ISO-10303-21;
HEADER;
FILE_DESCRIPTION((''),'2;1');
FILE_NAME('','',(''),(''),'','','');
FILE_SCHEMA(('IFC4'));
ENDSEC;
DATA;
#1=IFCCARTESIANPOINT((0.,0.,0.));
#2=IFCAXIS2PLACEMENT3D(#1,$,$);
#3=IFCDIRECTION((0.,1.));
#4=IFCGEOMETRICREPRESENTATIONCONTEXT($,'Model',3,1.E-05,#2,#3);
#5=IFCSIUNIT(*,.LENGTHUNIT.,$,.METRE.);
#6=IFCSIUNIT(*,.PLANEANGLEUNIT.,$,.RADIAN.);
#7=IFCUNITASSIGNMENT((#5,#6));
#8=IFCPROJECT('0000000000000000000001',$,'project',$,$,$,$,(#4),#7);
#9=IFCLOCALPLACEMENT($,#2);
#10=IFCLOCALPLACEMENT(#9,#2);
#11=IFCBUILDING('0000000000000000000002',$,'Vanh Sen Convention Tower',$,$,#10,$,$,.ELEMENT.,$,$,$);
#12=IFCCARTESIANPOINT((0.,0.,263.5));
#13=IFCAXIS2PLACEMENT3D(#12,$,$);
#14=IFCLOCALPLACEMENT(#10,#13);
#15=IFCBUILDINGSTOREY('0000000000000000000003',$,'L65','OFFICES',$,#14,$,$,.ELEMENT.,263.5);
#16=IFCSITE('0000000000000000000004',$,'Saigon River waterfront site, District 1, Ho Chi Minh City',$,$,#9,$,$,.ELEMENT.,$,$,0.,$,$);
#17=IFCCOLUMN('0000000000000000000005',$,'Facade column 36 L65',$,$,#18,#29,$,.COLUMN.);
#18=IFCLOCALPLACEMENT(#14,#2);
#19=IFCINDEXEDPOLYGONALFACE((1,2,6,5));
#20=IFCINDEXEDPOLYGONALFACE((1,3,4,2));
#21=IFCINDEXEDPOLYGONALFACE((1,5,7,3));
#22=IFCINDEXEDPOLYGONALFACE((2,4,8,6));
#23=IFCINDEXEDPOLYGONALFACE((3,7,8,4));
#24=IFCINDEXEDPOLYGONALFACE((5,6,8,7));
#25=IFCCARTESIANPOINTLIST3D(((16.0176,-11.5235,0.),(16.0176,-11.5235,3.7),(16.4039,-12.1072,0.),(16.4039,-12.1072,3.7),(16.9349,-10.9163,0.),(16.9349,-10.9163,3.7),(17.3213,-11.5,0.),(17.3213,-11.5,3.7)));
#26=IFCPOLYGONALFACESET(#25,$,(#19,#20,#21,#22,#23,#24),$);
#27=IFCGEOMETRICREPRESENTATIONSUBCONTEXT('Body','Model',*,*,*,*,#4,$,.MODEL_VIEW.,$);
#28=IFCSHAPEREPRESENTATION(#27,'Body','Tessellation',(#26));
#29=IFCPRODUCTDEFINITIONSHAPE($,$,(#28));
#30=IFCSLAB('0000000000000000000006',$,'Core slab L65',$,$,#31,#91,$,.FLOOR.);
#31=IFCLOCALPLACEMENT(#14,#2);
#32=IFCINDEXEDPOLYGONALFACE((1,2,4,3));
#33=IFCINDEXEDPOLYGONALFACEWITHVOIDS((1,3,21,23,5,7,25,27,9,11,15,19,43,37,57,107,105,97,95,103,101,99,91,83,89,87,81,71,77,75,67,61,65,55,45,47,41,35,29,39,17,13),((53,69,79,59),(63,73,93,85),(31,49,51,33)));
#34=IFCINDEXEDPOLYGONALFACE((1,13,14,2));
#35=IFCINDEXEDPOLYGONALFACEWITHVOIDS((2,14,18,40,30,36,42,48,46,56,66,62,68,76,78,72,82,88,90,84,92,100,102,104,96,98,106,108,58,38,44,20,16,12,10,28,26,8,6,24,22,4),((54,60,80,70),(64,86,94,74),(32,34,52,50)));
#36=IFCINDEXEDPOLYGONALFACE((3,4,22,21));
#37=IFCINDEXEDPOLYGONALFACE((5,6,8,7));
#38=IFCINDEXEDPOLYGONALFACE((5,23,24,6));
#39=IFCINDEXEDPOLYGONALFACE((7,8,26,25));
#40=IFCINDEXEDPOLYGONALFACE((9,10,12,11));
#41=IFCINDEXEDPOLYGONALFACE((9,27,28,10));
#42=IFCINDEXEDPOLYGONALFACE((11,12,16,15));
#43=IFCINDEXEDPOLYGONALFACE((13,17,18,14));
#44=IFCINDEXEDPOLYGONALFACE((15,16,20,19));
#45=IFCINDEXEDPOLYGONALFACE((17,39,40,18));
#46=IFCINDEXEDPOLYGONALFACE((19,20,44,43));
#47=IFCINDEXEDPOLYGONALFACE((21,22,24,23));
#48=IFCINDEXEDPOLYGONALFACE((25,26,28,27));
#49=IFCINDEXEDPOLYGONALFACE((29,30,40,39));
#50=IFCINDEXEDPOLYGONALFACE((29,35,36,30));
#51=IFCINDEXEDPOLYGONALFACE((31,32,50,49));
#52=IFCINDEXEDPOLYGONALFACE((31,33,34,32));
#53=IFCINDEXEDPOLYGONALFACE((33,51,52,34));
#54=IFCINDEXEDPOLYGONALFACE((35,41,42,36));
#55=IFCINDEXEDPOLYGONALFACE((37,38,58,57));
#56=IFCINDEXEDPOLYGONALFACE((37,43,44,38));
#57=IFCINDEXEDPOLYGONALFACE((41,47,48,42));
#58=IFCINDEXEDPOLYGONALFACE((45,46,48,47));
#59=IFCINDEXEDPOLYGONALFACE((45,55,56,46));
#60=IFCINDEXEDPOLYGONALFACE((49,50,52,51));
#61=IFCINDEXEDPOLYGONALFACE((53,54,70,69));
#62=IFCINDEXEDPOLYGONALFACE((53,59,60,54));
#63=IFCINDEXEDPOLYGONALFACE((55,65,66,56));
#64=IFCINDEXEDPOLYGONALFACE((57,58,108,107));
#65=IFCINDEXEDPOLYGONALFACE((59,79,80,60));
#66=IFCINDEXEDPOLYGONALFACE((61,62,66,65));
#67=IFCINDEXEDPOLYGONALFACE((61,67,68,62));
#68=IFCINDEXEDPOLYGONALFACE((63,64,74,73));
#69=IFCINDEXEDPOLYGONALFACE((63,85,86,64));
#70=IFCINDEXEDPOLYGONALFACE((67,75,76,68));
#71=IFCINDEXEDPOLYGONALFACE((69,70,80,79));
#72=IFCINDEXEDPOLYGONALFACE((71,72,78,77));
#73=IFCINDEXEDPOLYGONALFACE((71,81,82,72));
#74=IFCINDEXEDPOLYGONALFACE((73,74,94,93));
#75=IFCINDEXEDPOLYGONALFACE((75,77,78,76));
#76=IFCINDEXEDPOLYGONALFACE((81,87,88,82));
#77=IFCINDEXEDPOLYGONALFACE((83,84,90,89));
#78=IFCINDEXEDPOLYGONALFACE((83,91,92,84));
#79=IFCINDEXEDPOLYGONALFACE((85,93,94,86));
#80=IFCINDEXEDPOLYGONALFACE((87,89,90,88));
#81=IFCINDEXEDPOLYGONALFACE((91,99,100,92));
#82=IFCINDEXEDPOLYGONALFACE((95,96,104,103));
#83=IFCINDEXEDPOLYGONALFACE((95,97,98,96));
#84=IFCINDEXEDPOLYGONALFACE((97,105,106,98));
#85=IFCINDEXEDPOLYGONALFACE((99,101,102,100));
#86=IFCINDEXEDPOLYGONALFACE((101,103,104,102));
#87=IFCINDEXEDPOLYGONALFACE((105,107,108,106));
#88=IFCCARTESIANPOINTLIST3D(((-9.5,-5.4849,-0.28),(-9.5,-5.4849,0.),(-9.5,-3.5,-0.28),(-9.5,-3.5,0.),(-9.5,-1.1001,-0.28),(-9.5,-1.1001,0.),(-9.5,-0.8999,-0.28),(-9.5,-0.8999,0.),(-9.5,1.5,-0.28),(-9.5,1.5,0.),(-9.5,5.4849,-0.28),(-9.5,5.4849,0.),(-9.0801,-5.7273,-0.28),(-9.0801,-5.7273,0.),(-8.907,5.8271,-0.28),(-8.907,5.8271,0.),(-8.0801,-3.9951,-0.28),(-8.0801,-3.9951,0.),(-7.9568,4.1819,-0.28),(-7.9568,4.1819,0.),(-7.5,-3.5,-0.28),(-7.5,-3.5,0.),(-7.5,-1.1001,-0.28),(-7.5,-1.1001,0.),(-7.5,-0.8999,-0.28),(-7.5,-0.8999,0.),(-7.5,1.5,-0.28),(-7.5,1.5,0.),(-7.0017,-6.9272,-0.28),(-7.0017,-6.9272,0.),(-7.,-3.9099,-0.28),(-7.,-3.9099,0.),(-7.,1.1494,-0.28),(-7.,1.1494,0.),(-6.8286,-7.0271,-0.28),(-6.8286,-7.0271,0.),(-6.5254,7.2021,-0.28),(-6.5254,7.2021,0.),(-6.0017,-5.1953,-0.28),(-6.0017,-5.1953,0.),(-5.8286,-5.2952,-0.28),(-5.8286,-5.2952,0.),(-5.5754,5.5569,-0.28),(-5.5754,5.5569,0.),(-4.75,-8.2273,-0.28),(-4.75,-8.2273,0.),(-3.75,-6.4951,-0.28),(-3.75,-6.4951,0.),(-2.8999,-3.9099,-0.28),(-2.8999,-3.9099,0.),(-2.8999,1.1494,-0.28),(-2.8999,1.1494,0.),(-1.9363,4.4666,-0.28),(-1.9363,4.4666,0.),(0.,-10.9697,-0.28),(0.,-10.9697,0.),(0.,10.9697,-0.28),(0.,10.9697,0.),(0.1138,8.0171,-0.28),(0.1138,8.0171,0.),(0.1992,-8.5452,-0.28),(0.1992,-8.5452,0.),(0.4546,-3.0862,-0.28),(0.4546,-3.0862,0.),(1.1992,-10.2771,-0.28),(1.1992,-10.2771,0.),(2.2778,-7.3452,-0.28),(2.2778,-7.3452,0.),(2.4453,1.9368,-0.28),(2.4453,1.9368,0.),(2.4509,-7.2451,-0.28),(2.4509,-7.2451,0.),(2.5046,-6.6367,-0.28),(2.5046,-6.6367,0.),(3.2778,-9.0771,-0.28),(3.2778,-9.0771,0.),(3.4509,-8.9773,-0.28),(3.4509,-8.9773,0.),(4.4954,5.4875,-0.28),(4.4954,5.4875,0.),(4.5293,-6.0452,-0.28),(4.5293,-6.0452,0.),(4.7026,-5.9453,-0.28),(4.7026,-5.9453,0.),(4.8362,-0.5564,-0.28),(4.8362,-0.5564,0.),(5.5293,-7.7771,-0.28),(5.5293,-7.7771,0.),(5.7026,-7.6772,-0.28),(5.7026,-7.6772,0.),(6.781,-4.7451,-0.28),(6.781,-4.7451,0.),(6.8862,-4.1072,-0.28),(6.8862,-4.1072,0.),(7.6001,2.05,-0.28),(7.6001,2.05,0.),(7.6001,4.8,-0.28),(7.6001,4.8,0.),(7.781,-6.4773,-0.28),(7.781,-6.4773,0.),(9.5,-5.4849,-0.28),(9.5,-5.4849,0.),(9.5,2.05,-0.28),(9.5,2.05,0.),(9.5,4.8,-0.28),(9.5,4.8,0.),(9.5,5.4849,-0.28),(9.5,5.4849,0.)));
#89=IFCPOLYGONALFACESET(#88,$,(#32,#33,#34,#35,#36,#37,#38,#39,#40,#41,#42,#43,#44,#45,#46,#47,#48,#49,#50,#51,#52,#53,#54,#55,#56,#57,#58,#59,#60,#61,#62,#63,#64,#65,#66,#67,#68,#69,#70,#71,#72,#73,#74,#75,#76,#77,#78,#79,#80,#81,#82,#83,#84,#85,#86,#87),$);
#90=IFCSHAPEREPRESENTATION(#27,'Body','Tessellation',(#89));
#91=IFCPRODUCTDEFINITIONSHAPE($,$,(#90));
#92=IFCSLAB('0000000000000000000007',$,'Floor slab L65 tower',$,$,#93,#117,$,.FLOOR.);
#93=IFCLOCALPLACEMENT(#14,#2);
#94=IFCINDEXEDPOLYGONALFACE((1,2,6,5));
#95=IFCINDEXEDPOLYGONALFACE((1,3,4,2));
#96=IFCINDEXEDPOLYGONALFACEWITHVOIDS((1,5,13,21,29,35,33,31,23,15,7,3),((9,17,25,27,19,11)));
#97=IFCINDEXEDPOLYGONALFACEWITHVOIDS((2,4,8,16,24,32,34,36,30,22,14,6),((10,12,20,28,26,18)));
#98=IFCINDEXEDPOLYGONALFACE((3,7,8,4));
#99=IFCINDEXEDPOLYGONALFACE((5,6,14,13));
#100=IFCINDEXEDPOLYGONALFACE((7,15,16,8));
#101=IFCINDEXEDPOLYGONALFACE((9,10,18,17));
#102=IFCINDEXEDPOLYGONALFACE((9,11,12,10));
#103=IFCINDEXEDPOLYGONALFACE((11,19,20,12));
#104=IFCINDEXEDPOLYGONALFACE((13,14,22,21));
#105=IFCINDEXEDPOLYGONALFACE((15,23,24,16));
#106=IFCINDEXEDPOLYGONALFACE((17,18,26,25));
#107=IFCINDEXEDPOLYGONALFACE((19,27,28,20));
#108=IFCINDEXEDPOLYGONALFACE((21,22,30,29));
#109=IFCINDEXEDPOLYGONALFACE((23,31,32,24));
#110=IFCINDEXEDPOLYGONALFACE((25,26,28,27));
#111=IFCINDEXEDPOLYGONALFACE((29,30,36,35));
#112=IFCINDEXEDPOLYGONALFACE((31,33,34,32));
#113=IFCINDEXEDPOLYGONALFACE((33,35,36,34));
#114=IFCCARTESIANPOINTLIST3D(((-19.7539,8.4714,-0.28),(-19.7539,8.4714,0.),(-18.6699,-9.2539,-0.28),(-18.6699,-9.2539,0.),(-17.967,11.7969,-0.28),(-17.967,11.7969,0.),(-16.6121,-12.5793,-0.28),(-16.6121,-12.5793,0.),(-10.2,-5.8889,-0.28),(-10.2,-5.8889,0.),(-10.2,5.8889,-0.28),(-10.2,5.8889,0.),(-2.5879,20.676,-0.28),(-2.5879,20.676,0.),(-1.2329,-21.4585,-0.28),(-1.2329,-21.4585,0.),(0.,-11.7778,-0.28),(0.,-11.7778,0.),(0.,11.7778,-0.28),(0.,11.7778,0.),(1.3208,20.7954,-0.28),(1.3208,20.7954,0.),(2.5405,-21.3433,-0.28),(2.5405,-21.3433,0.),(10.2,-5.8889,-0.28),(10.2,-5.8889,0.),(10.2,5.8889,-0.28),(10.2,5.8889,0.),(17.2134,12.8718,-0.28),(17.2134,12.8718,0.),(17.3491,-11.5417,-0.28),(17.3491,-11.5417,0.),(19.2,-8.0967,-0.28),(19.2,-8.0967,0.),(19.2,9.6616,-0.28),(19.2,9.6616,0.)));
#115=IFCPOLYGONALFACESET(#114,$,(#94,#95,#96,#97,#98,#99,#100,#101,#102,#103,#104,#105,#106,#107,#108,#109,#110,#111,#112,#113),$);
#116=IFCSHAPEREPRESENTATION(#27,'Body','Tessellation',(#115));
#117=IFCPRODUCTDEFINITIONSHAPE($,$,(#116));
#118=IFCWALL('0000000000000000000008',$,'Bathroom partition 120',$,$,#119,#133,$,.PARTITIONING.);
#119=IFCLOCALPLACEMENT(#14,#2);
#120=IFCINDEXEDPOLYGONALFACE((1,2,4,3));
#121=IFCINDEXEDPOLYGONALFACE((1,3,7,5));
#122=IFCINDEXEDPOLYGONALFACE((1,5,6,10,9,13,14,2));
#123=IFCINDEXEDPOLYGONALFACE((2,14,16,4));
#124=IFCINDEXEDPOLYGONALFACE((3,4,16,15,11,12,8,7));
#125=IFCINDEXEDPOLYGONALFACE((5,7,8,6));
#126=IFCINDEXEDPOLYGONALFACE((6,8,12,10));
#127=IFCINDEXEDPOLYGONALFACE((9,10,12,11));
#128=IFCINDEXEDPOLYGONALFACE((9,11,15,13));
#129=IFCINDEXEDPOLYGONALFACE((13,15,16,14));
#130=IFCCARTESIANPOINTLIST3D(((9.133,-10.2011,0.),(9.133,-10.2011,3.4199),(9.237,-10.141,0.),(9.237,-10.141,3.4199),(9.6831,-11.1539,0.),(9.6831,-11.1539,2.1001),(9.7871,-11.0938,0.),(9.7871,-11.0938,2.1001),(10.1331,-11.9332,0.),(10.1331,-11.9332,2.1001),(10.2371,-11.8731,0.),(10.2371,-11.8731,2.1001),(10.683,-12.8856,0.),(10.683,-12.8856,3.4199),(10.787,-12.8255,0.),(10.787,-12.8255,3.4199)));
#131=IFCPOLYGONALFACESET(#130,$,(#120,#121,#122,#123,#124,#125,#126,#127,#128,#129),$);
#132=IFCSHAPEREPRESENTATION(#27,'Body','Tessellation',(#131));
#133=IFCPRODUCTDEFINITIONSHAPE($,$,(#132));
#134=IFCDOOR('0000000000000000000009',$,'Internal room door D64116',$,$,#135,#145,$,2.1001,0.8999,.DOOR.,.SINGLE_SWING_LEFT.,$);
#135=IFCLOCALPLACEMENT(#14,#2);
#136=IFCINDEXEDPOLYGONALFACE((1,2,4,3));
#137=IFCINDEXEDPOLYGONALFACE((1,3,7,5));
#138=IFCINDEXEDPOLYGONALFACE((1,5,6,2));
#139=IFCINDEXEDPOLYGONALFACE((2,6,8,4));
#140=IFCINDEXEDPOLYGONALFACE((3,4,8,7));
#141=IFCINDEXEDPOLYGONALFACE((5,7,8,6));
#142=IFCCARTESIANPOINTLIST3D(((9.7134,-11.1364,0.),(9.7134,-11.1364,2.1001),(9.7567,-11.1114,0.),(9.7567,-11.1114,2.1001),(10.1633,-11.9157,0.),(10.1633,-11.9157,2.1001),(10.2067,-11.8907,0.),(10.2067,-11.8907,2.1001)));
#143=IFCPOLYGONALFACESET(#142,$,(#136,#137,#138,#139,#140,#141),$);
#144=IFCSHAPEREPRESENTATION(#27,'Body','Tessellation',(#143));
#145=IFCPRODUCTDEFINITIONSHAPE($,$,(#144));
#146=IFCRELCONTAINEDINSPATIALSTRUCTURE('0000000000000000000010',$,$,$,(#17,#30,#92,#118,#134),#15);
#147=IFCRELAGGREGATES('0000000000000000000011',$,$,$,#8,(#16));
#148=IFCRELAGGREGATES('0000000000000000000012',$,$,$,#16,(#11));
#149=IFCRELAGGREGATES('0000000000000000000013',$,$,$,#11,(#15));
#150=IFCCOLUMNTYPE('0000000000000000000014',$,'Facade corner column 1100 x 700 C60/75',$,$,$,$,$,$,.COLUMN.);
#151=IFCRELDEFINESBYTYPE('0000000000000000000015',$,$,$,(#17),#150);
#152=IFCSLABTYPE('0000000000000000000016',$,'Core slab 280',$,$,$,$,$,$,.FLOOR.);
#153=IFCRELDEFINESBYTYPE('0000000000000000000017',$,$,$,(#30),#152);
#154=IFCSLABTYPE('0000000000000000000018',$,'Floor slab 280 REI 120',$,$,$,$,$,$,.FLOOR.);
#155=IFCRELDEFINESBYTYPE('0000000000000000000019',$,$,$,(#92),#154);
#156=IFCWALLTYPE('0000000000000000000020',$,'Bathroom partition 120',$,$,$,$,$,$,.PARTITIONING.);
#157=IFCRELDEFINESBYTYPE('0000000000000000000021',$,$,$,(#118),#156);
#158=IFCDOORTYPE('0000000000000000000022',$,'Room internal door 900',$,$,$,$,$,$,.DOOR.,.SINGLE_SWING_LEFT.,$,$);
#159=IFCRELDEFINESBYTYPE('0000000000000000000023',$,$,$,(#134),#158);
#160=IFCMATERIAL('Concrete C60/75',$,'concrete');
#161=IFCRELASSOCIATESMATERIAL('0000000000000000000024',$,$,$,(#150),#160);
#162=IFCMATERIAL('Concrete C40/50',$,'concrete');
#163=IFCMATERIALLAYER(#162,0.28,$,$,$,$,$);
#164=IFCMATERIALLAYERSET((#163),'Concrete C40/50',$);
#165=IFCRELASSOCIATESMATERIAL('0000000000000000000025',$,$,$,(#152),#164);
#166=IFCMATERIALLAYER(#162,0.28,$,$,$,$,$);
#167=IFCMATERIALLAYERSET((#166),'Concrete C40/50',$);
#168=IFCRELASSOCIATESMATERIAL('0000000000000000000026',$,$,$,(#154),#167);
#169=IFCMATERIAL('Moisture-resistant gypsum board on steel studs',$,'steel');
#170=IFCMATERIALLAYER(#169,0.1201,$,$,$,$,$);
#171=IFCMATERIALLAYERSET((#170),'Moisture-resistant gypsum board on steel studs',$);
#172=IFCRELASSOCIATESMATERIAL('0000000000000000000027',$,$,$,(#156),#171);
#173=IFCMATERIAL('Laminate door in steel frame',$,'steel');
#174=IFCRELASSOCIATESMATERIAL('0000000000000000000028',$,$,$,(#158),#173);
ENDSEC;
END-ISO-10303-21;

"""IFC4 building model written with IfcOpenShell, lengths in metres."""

from ifc_helpers import new_model, si_unit, direction, frame, frame_2d, origin, origin_2d, place, context, subcontext, project, spatial, polyline, rectangle, outline, extrude, material, layer, layer_set, material_profile, profile_set, type_object, element, fill, save


model = new_model("IFC4")

# Units and contexts
model_context = context("Model", 3, precision=1e-05, world=origin(), true_north=direction((0.0, 1.0)))
body_context = subcontext(model_context, "Body", "Model", "MODEL_VIEW")
ifc_project = project(units=[si_unit("LENGTHUNIT", "METRE"), si_unit("PLANEANGLEUNIT", "RADIAN")], contexts=[model_context])

# Site, building, storey
site_placement = place(None, origin())
site = spatial("IfcSite", under=ifc_project, at=site_placement, Name="Saigon River waterfront site, District 1, Ho Chi Minh City", CompositionType="ELEMENT", RefElevation=0.0)
building_placement = place(site_placement, origin())
building = spatial("IfcBuilding", under=site, at=building_placement, Name="Vanh Sen Convention Tower", CompositionType="ELEMENT")
storey_placement = place(building_placement, frame((0.0, 0.0, 263.5)))
storey = spatial("IfcBuildingStorey", under=building, at=storey_placement, Name="L65", Description="OFFICES", CompositionType="ELEMENT", Elevation=263.5)

# Column
ifc_material_1 = material(Name="Concrete C60/75", Category="concrete")
ifc_material_profile = material_profile(ifc_material_1, rectangle(XDim=1.1001, YDim=0.7, at=origin_2d()), Name="RC 1100X700")
ifc_profile_set = profile_set([ifc_material_profile], Name="Concrete C60/75")
column_type = type_object("IfcColumnType", Name="Facade corner column 1100 x 700 C60/75", PredefinedType="COLUMN", material=ifc_profile_set)
column_placement = place(storey_placement, frame((16.6694, -11.5117, 0.0), z_axis=(0.0, 0.0, 1.0), x_axis=(0.833886, 0.551937, 0.0)))
element("IfcColumn", 1, at=column_placement, inside=storey, type_object=column_type, Name="Facade column 36 L65", PredefinedType="COLUMN", context=body_context, shape_type="SweptSolid", body=[
    extrude(rectangle(XDim=1.1001, YDim=0.7, at=origin_2d()), origin(), (0.0, 0.0, 1.0), 3.7),
])

# Slabs
ifc_material_2 = material(Name="Concrete C40/50", Category="concrete")
ifc_layer_1 = layer(ifc_material_2, 0.28)
ifc_layer_set_1 = layer_set([ifc_layer_1], Name="Concrete C40/50")
slab_type_1 = type_object("IfcSlabType", Name="Core slab 280", PredefinedType="FLOOR", material=ifc_layer_set_1)
slab_1_placement = place(storey_placement, frame((0.0, 0.0, -0.28)))
element("IfcSlab", 2, at=slab_1_placement, inside=storey, type_object=slab_type_1, Name="Core slab L65", PredefinedType="FLOOR", context=body_context, shape_type="SweptSolid", body=[
    extrude(outline(polyline([(0.0, 10.9697), (9.5, 5.4849), (9.5, 4.8), (7.6001, 4.8), (7.6001, 2.05), (9.5, 2.05), (9.5, -5.4849), (7.781, -6.4773), (6.781, -4.7451), (4.7026, -5.9453), (5.7026, -7.6772), (5.5293, -7.7771), (4.5293, -6.0452), (2.4509, -7.2451), (3.4509, -8.9773), (3.2778, -9.0771), (2.2778, -7.3452), (0.1992, -8.5452), (1.1992, -10.2771), (0.0, -10.9697), (-4.75, -8.2273), (-3.75, -6.4951), (-5.8286, -5.2952), (-6.8286, -7.0271), (-7.0017, -6.9272), (-6.0017, -5.1953), (-8.0801, -3.9951), (-9.0801, -5.7273), (-9.5, -5.4849), (-9.5, -3.5), (-7.5, -3.5), (-7.5, -1.1001), (-9.5, -1.1001), (-9.5, -0.8999), (-7.5, -0.8999), (-7.5, 1.5), (-9.5, 1.5), (-9.5, 5.4849), (-8.907, 5.8271), (-7.9568, 4.1819), (-5.5754, 5.5569), (-6.5254, 7.2021), (0.0, 10.9697)]), holes=[polyline([(-7.0, 1.1494), (-7.0, -3.9099), (-2.8999, -3.9099), (-2.8999, 1.1494), (-7.0, 1.1494)]), polyline([(2.5046, -6.6367), (6.8862, -4.1072), (4.8362, -0.5564), (0.4546, -3.0862), (2.5046, -6.6367)]), polyline([(0.1138, 8.0171), (-1.9363, 4.4666), (2.4453, 1.9368), (4.4954, 5.4875), (0.1138, 8.0171)])]), origin(), (0.0, 0.0, 1.0), 0.28),
])
ifc_layer_2 = layer(ifc_material_2, 0.28)
ifc_layer_set_2 = layer_set([ifc_layer_2], Name="Concrete C40/50")
slab_type_2 = type_object("IfcSlabType", Name="Floor slab 280 REI 120", PredefinedType="FLOOR", material=ifc_layer_set_2)
slab_2_placement = place(storey_placement, frame((0.0, 0.0, -0.28)))
element("IfcSlab", 3, at=slab_2_placement, inside=storey, type_object=slab_type_2, Name="Floor slab L65 tower", PredefinedType="FLOOR", context=body_context, shape_type="SweptSolid", body=[
    extrude(outline(polyline([(19.2, -8.0967), (19.2, 9.6616), (17.2134, 12.8718), (1.3208, 20.7954), (-2.5879, 20.676), (-17.967, 11.7969), (-19.7539, 8.4714), (-18.6699, -9.2539), (-16.6121, -12.5793), (-1.2329, -21.4585), (2.5405, -21.3433), (17.3491, -11.5417), (19.2, -8.0967)]), holes=[polyline([(0.0, 11.7778), (-10.2, 5.8889), (-10.2, -5.8889), (0.0, -11.7778), (10.2, -5.8889), (10.2, 5.8889), (0.0, 11.7778)])]), origin(), (0.0, 0.0, 1.0), 0.28),
])

# Wall, opening, door
ifc_material_3 = material(Name="Moisture-resistant gypsum board on steel studs", Category="steel")
ifc_layer_3 = layer(ifc_material_3, 0.1201)
ifc_layer_set_3 = layer_set([ifc_layer_3], Name="Moisture-resistant gypsum board on steel studs")
wall_type_1 = type_object("IfcWallType", Name="Bathroom partition 120", PredefinedType="PARTITIONING", material=ifc_layer_set_3)
wall_1_placement = place(storey_placement, frame((9.1851, -10.1711, 0.0), z_axis=(0.0, 0.0, 1.0), x_axis=(0.500027, -0.86601, 0.0)))
wall_1 = element("IfcWall", 4, at=wall_1_placement, inside=storey, type_object=wall_type_1, Name="Bathroom partition 120", PredefinedType="PARTITIONING", context=body_context, shape_type="SweptSolid", body=[
    extrude(rectangle(XDim=3.0999, YDim=0.1201, at=frame_2d((1.5498, 0.0))), origin(), (0.0, 0.0, 1.0), 3.4199),
])
opening_1_placement = place(wall_1_placement, frame((1.1001, 0.0, 0.0)))
opening_1 = element("IfcOpeningElement", 5, at=opening_1_placement, cuts=wall_1, PredefinedType="OPENING", context=body_context, shape_type="SweptSolid", body=[
    extrude(rectangle(XDim=0.8999, YDim=2.1001, at=frame_2d((0.45, 1.05))), frame((0.0, 0.0701, 0.0), z_axis=(0.0, -1.0, 0.0), x_axis=(1.0, 0.0, 0.0)), (0.0, 0.0, 1.0), 0.1401),
])
ifc_material_4 = material(Name="Laminate door in steel frame", Category="steel")
door_type_1 = type_object("IfcDoorType", Name="Room internal door 900", OperationType="SINGLE_SWING_LEFT", PredefinedType="DOOR", material=ifc_material_4)
door_1_placement = place(opening_1_placement, origin())
door_1 = element("IfcDoor", 6, at=door_1_placement, inside=storey, type_object=door_type_1, Name="Internal room door D64116", OperationType="SINGLE_SWING_LEFT", OverallHeight=2.1001, OverallWidth=0.8999, PredefinedType="DOOR", context=body_context, shape_type="SweptSolid", body=[
    extrude(rectangle(XDim=0.8999, YDim=2.1001, at=frame_2d((0.45, 1.05))), frame((0.0, 0.0249, 0.0), z_axis=(0.0, -1.0, 0.0), x_axis=(1.0, 0.0, 0.0)), (0.0, 0.0, 1.0), 0.05),
])
fill(opening_1, door_1)

save(model, "model.ifc")
